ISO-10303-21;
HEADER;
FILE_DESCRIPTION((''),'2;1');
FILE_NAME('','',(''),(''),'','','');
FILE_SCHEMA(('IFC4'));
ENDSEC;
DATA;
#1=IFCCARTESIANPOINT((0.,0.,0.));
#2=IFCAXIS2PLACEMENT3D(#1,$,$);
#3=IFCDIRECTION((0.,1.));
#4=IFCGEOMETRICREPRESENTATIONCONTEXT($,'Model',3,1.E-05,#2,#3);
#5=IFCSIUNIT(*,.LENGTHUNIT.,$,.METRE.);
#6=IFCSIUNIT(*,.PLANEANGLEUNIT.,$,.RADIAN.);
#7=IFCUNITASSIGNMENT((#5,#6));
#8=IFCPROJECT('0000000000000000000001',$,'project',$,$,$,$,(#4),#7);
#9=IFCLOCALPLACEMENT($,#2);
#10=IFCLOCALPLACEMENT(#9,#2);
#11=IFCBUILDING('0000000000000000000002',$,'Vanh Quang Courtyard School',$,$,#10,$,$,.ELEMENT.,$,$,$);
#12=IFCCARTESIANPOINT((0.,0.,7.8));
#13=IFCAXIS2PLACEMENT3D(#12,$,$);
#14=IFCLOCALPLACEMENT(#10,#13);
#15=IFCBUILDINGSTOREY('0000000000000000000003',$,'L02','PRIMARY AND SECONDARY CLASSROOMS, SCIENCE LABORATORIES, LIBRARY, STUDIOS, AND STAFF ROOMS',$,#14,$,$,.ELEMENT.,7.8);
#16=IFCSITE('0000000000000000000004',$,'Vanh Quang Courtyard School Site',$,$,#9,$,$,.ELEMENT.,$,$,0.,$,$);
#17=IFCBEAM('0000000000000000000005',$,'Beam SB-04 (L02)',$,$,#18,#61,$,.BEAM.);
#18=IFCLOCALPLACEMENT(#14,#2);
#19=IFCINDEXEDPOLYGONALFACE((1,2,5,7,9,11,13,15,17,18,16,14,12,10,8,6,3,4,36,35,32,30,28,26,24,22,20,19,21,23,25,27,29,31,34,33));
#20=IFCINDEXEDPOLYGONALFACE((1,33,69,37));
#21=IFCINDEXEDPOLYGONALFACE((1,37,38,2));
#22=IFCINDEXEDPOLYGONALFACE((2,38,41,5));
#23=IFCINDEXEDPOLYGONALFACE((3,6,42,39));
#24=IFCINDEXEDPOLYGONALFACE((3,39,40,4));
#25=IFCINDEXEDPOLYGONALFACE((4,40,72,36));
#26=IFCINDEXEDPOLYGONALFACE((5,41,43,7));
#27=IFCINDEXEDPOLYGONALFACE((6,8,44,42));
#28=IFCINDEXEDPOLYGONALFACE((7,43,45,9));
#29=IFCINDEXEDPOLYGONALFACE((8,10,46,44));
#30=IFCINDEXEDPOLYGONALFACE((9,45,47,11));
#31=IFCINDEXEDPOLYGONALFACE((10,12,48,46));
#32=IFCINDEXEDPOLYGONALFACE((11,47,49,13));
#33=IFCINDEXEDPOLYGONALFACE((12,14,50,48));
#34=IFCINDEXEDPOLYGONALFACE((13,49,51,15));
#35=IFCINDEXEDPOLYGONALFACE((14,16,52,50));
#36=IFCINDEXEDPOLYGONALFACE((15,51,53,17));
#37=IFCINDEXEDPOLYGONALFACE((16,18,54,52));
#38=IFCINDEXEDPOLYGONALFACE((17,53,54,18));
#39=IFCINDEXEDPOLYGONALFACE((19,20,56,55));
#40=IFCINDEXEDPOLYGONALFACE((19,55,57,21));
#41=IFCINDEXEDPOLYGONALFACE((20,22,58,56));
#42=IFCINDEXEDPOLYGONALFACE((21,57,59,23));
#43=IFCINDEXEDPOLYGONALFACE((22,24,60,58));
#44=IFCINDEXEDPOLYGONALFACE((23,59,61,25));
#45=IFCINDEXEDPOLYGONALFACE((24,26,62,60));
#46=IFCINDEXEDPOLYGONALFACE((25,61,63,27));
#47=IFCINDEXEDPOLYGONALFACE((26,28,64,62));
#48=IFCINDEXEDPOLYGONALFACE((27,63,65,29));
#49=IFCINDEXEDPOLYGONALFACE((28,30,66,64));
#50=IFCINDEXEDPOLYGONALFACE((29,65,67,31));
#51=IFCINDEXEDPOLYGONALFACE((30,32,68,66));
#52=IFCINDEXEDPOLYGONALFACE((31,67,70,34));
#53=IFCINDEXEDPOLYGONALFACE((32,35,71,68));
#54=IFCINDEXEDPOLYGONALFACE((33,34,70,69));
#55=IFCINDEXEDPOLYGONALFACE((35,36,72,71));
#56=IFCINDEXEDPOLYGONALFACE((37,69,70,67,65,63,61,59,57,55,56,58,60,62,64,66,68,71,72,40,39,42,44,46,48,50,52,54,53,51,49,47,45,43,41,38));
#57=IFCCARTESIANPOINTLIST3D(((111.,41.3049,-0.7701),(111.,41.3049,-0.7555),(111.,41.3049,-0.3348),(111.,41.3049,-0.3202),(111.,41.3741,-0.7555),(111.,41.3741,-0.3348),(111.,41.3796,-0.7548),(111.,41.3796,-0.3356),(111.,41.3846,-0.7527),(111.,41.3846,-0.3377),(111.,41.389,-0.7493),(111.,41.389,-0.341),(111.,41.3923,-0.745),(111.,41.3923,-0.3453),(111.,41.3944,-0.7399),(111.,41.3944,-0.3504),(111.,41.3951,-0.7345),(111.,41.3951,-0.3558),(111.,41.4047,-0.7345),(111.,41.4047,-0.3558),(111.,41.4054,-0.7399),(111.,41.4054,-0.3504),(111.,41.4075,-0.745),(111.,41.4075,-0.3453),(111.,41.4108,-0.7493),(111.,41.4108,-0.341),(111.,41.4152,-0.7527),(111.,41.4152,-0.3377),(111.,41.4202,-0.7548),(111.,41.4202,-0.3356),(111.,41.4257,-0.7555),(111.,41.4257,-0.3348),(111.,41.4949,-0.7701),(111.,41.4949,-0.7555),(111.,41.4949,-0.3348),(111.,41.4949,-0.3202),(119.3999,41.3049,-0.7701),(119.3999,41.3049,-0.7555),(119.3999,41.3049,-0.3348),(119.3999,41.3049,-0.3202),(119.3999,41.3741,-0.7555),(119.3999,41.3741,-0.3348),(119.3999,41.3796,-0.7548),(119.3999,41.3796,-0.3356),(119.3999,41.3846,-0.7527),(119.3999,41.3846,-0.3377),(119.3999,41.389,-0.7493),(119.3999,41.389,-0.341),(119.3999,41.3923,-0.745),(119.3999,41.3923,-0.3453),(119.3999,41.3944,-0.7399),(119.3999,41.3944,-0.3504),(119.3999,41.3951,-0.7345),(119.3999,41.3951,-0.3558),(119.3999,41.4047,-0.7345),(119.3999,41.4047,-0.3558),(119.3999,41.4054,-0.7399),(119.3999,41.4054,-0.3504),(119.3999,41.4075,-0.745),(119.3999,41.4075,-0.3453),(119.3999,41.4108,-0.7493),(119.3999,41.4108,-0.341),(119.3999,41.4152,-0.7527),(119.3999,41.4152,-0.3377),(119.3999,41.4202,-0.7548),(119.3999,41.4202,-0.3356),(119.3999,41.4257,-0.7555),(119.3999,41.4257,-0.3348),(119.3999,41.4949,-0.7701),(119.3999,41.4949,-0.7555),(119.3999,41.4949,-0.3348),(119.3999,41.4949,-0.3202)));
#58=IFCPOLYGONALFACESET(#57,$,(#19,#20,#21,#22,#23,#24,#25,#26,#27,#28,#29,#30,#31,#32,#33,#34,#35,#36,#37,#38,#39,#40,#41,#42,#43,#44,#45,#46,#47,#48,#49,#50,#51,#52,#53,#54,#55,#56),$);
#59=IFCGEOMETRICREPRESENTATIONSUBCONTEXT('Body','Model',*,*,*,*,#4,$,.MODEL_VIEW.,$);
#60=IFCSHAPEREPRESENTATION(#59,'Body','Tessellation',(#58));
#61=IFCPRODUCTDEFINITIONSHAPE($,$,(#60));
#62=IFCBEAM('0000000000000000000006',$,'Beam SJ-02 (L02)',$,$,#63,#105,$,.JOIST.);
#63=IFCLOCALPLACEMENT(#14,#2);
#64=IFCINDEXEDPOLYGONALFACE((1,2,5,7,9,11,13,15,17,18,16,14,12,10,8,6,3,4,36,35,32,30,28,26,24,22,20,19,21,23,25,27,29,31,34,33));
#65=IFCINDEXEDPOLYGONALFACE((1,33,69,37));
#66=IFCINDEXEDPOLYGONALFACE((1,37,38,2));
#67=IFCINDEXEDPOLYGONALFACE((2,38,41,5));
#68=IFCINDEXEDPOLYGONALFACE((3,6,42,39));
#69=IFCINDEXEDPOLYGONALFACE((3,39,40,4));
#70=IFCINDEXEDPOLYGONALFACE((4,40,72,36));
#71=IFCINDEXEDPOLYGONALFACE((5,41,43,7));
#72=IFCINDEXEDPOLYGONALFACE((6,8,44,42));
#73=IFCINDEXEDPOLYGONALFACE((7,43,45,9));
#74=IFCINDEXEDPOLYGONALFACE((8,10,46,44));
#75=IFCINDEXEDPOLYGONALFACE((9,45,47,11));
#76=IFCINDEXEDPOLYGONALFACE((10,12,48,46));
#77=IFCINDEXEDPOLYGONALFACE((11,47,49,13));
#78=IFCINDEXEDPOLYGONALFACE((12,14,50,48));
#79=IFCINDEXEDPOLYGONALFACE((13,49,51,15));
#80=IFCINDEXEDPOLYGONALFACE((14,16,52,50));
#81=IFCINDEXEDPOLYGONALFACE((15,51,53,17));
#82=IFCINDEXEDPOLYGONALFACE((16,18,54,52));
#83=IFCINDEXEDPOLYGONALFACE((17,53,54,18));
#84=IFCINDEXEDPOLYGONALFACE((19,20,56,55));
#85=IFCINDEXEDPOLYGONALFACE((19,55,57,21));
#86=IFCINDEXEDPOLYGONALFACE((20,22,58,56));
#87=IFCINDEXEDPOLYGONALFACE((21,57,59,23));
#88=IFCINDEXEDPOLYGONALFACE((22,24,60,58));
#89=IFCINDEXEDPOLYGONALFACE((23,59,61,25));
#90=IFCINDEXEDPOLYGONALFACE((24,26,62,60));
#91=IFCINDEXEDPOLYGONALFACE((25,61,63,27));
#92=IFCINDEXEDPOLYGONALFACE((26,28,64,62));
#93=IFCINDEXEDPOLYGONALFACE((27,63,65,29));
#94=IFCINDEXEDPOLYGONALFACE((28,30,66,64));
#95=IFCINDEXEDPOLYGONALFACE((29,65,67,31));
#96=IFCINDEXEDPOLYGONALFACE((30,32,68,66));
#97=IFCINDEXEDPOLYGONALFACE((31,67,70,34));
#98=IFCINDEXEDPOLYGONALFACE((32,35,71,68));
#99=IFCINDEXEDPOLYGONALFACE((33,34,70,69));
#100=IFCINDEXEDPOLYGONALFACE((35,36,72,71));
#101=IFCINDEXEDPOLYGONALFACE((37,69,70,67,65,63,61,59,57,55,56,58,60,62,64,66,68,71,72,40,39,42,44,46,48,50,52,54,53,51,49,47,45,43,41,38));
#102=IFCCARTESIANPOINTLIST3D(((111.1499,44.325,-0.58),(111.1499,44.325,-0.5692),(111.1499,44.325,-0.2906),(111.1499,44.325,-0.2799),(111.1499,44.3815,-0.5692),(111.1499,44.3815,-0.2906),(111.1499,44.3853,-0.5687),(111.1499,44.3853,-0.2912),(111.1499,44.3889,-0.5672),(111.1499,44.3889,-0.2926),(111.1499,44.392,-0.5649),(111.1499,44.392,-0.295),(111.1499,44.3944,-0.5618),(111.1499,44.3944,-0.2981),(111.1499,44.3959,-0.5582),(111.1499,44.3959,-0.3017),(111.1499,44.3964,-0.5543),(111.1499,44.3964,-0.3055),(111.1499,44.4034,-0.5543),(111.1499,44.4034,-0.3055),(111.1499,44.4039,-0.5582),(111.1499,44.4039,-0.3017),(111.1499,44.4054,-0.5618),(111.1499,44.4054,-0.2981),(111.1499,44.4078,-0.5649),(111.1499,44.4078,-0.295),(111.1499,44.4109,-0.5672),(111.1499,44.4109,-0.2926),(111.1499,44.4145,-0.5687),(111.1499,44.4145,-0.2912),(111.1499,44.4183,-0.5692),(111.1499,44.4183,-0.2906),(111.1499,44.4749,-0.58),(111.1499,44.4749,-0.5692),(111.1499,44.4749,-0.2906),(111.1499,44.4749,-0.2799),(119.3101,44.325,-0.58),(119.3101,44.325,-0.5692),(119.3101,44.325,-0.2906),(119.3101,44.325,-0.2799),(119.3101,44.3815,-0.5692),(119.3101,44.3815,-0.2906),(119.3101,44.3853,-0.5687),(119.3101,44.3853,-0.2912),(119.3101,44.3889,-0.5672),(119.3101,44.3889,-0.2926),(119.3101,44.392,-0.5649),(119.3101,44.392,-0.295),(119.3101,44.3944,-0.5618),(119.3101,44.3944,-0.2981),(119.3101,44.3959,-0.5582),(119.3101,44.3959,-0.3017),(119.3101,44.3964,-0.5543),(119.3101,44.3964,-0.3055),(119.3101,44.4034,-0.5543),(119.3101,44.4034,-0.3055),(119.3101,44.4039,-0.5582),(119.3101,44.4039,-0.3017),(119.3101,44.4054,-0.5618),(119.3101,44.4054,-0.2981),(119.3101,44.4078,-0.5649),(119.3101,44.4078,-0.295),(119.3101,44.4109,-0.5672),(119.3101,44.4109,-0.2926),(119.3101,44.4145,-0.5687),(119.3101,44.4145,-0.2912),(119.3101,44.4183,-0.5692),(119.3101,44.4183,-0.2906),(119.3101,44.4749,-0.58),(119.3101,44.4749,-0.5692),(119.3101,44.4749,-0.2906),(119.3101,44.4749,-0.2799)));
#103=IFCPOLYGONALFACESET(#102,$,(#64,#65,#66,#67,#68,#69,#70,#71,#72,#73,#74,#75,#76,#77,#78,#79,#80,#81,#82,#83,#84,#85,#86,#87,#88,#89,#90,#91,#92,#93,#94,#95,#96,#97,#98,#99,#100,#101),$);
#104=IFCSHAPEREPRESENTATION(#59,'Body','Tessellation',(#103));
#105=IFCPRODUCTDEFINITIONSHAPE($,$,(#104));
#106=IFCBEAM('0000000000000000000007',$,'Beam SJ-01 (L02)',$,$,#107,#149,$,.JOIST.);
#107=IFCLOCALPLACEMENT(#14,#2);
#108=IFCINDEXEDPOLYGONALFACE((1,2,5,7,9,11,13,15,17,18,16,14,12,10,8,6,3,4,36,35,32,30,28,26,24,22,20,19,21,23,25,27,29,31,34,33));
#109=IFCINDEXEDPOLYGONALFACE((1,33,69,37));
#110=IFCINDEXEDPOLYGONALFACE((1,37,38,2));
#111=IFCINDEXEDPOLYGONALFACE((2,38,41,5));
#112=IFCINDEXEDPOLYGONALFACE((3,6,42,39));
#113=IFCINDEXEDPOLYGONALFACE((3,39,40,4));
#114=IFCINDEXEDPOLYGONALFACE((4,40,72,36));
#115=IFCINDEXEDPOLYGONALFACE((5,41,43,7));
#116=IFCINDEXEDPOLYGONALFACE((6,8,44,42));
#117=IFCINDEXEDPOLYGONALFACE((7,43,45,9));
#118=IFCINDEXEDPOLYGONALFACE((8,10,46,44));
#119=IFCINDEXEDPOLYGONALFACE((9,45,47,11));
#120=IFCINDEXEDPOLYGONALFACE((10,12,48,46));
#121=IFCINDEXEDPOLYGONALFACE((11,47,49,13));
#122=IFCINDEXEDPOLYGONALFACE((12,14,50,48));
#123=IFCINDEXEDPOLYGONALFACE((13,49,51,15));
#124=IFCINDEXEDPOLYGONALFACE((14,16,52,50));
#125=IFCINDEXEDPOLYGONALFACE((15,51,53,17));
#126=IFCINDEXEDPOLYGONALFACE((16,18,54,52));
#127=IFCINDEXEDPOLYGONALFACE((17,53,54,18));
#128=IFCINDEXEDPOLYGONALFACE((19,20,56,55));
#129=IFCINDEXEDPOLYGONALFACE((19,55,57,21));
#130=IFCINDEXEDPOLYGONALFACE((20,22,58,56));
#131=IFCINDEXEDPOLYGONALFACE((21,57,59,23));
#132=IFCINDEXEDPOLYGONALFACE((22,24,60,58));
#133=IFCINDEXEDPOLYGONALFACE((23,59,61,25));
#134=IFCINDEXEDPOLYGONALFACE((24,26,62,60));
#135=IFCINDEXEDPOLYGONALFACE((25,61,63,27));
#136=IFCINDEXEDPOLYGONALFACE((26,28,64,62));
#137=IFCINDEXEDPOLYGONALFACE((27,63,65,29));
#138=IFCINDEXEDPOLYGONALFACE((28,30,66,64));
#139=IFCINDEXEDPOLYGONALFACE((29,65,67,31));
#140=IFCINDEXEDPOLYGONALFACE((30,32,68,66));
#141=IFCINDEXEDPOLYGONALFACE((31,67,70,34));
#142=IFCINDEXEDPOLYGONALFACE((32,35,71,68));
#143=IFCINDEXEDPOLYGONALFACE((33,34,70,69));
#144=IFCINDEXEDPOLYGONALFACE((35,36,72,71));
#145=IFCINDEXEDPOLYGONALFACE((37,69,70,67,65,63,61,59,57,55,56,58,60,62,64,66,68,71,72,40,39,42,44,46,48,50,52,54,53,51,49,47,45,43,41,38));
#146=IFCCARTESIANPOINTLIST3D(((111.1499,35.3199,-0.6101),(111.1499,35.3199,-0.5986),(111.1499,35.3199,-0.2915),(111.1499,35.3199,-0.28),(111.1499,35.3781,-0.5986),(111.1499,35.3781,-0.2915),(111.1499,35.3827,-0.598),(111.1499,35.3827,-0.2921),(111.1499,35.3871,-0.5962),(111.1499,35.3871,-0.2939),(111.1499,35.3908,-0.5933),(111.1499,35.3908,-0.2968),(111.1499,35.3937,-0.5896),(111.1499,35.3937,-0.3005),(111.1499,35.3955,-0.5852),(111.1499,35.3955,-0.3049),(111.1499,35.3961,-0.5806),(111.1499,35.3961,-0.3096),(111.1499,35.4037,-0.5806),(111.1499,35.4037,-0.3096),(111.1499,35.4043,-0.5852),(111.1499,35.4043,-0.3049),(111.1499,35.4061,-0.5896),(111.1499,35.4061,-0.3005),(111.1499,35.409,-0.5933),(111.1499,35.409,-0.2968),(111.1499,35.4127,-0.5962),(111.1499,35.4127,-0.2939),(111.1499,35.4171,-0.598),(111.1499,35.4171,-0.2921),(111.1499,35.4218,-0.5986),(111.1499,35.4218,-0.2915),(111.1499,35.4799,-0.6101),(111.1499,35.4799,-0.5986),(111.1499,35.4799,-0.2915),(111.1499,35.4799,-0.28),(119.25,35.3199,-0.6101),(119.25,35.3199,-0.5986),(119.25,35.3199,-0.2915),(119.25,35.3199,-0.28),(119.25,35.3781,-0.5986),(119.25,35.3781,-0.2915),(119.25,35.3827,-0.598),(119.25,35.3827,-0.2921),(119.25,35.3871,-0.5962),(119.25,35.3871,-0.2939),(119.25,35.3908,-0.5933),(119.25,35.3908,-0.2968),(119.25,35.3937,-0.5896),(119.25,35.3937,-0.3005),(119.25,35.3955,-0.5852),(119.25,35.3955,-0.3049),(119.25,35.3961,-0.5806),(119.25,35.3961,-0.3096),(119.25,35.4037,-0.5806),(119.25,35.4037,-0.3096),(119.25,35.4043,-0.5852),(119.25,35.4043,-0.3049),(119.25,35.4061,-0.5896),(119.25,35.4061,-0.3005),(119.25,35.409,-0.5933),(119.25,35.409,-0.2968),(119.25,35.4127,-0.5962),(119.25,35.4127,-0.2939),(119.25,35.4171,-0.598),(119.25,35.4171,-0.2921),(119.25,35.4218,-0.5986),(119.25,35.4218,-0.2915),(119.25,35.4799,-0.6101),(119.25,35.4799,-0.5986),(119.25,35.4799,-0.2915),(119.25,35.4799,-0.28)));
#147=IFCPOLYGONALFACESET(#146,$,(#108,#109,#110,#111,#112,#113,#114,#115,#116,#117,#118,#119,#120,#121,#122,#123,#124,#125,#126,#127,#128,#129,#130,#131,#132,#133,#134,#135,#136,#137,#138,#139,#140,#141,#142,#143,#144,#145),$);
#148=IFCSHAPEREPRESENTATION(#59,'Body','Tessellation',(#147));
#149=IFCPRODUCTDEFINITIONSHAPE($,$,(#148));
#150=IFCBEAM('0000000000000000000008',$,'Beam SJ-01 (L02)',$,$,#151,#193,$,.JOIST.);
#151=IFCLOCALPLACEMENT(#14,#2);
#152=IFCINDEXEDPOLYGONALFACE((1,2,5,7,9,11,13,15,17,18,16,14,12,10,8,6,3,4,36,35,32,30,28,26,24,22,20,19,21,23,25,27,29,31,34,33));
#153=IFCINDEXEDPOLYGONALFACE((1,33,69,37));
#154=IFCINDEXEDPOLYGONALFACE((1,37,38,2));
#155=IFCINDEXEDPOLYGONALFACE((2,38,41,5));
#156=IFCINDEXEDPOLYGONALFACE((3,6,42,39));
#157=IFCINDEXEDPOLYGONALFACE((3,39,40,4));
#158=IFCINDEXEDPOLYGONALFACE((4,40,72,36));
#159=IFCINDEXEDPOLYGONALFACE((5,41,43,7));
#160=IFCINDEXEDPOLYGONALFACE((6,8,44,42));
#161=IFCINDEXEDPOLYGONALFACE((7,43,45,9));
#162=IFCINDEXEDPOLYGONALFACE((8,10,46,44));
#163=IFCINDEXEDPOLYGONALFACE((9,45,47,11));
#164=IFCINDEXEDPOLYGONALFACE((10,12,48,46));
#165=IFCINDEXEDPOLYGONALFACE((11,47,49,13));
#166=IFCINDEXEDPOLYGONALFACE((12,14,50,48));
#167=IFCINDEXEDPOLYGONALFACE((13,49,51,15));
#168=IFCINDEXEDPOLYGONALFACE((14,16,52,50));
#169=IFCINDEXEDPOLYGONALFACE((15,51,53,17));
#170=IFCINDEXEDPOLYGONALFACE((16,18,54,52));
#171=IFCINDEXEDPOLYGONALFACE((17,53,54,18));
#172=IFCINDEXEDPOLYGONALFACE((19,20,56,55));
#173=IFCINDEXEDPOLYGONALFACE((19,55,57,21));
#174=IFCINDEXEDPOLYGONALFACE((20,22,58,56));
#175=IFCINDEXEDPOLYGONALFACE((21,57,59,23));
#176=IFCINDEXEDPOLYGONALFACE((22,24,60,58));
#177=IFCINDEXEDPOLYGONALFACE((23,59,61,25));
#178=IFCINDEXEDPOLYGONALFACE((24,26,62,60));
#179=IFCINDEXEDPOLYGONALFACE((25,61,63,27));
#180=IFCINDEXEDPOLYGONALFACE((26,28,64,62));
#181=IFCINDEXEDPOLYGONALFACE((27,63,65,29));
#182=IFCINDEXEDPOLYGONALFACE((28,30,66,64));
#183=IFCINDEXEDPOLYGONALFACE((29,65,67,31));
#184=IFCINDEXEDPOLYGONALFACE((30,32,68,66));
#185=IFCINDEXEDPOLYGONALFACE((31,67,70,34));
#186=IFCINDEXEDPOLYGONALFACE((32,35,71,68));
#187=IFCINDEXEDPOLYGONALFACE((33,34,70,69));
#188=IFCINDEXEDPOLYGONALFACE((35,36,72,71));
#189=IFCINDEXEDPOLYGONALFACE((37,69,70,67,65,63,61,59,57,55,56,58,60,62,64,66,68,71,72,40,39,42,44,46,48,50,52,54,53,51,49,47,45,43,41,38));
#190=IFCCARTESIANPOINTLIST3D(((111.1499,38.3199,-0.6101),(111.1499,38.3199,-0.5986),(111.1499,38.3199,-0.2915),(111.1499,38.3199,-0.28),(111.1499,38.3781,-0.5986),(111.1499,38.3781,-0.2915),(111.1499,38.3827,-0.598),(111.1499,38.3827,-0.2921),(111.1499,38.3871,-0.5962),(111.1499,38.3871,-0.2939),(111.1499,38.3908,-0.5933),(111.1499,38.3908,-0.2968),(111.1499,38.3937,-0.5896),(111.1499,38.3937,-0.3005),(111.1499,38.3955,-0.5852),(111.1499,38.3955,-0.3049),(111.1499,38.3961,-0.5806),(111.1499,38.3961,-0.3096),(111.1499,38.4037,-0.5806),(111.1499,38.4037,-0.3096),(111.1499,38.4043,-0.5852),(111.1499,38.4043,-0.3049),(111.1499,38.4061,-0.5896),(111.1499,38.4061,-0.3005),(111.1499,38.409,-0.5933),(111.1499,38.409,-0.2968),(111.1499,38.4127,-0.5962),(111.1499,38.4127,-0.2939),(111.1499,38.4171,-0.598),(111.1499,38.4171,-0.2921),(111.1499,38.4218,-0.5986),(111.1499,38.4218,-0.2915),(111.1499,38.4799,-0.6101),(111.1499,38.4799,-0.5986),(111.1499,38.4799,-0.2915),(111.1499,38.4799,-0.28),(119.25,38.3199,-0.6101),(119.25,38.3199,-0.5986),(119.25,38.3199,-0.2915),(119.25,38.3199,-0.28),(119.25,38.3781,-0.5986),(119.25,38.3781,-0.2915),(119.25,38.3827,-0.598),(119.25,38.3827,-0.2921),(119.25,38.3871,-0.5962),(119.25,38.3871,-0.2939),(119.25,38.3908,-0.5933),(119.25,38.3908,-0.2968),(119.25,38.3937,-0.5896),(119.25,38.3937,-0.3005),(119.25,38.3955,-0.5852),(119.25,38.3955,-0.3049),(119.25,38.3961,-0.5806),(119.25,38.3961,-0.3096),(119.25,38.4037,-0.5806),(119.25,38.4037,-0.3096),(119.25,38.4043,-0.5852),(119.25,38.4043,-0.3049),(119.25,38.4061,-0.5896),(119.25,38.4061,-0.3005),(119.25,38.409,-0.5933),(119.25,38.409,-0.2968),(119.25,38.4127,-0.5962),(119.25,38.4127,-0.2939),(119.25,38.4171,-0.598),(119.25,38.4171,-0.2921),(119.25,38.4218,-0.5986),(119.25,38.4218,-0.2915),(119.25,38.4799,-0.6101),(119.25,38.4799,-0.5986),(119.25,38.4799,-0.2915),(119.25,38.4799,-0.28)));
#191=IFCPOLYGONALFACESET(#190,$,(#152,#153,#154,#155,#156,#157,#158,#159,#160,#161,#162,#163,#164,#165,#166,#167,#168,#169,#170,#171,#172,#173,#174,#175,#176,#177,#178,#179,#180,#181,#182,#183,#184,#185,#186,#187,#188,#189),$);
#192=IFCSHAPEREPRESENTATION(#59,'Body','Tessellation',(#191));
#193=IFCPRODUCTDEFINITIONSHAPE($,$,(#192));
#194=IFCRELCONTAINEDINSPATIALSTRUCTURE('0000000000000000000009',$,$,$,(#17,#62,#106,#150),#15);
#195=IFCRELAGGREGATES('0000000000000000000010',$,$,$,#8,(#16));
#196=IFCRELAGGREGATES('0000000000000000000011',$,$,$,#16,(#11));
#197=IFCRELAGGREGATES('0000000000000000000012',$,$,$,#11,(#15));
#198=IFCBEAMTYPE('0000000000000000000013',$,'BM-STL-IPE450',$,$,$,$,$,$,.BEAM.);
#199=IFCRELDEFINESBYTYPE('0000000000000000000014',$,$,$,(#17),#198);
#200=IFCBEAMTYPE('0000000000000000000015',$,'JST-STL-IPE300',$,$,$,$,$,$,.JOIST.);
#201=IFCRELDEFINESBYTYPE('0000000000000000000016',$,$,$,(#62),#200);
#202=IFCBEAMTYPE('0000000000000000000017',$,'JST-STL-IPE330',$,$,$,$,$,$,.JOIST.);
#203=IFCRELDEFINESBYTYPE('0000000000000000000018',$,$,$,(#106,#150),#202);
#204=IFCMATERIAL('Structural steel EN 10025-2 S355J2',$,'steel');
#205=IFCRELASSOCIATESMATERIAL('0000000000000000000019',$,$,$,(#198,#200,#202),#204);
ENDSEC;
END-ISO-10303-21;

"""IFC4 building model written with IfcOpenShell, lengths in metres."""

from ifc_helpers import new_model, si_unit, direction, frame, origin, origin_2d, place, context, subcontext, project, spatial, i_section, extrude, material, material_profile, profile_set, type_object, element, save


model = new_model("IFC4")

# Units and contexts
model_context = context("Model", 3, precision=1e-05, world=origin(), true_north=direction((0.0, 1.0)))
body_context = subcontext(model_context, "Body", "Model", "MODEL_VIEW")
ifc_project = project(units=[si_unit("LENGTHUNIT", "METRE"), si_unit("PLANEANGLEUNIT", "RADIAN")], contexts=[model_context])

# Site, building, storey
site_placement = place(None, origin())
site = spatial("IfcSite", under=ifc_project, at=site_placement, Name="Vanh Quang Courtyard School Site", CompositionType="ELEMENT", RefElevation=0.0)
building_placement = place(site_placement, origin())
building = spatial("IfcBuilding", under=site, at=building_placement, Name="Vanh Quang Courtyard School", CompositionType="ELEMENT")
storey_placement = place(building_placement, frame((0.0, 0.0, 7.8)))
storey = spatial("IfcBuildingStorey", under=building, at=storey_placement, Name="L02", Description="PRIMARY AND SECONDARY CLASSROOMS, SCIENCE LABORATORIES, LIBRARY, STUDIOS, AND STAFF ROOMS", CompositionType="ELEMENT", Elevation=7.8)

# Beams
ifc_material_1 = material(Name="Structural steel EN 10025-2 S355J2", Category="steel")
ifc_material_profile_1 = material_profile(ifc_material_1, i_section(OverallWidth=0.1899, OverallDepth=0.45, WebThickness=0.0095, FlangeThickness=0.0146, FilletRadius=0.021, at=origin_2d()), Name="IPE 450")
ifc_profile_set_1 = profile_set([ifc_material_profile_1], Name="Structural steel EN 10025-2 S355J2")
beam_type_1 = type_object("IfcBeamType", Name="BM-STL-IPE450", PredefinedType="BEAM", material=ifc_profile_set_1)
beam_1_placement = place(storey_placement, frame((111.0, 41.3999, -0.5452), z_axis=(1.0, 0.0, 0.0), x_axis=(0.0, 1.0, 0.0)))
element("IfcBeam", 1, at=beam_1_placement, inside=storey, type_object=beam_type_1, Name="Beam SB-04 (L02)", PredefinedType="BEAM", context=body_context, shape_type="SweptSolid", body=[
    extrude(i_section(OverallWidth=0.1899, OverallDepth=0.45, WebThickness=0.0095, FlangeThickness=0.0146, FilletRadius=0.021, at=origin_2d()), origin(), (0.0, 0.0, 1.0), 8.3999),
])
ifc_material_profile_2 = material_profile(ifc_material_1, i_section(OverallWidth=0.1499, OverallDepth=0.3, WebThickness=0.0071, FlangeThickness=0.0107, FilletRadius=0.0149, at=origin_2d()), Name="IPE 300")
ifc_profile_set_2 = profile_set([ifc_material_profile_2], Name="Structural steel EN 10025-2 S355J2")
beam_type_2 = type_object("IfcBeamType", Name="JST-STL-IPE300", PredefinedType="JOIST", material=ifc_profile_set_2)
beam_2_placement = place(storey_placement, frame((111.1499, 44.3999, -0.4299), z_axis=(1.0, 0.0, 0.0), x_axis=(0.0, 1.0, 0.0)))
element("IfcBeam", 2, at=beam_2_placement, inside=storey, type_object=beam_type_2, Name="Beam SJ-02 (L02)", PredefinedType="JOIST", context=body_context, shape_type="SweptSolid", body=[
    extrude(i_section(OverallWidth=0.1499, OverallDepth=0.3, WebThickness=0.0071, FlangeThickness=0.0107, FilletRadius=0.0149, at=origin_2d()), origin(), (0.0, 0.0, 1.0), 8.1602),
])
ifc_material_profile_3 = material_profile(ifc_material_1, i_section(OverallWidth=0.1599, OverallDepth=0.3301, WebThickness=0.0076, FlangeThickness=0.0115, FilletRadius=0.0181, at=origin_2d()), Name="IPE 330")
ifc_profile_set_3 = profile_set([ifc_material_profile_3], Name="Structural steel EN 10025-2 S355J2")
beam_type_3 = type_object("IfcBeamType", Name="JST-STL-IPE330", PredefinedType="JOIST", material=ifc_profile_set_3)
for number, where, z_axis, x_axis, name in (
    (3, (111.1499, 35.3999, -0.4451), (1.0, 0.0, 0.0), (0.0, 1.0, 0.0), "Beam SJ-01 (L02)"),
    (4, (111.1499, 38.3999, -0.4451), (1.0, 0.0, 0.0), (0.0, 1.0, 0.0), "Beam SJ-01 (L02)"),
):
    element("IfcBeam", number, at=place(storey_placement, frame(where, z_axis=z_axis, x_axis=x_axis)), inside=storey, type_object=beam_type_3, Name=name, PredefinedType="JOIST", context=body_context, shape_type="SweptSolid", body=[
        extrude(i_section(OverallWidth=0.1599, OverallDepth=0.3301, WebThickness=0.0076, FlangeThickness=0.0115, FilletRadius=0.0181, at=origin_2d()), origin(), (0.0, 0.0, 1.0), 8.1001),
    ])

save(model, "model.ifc")
